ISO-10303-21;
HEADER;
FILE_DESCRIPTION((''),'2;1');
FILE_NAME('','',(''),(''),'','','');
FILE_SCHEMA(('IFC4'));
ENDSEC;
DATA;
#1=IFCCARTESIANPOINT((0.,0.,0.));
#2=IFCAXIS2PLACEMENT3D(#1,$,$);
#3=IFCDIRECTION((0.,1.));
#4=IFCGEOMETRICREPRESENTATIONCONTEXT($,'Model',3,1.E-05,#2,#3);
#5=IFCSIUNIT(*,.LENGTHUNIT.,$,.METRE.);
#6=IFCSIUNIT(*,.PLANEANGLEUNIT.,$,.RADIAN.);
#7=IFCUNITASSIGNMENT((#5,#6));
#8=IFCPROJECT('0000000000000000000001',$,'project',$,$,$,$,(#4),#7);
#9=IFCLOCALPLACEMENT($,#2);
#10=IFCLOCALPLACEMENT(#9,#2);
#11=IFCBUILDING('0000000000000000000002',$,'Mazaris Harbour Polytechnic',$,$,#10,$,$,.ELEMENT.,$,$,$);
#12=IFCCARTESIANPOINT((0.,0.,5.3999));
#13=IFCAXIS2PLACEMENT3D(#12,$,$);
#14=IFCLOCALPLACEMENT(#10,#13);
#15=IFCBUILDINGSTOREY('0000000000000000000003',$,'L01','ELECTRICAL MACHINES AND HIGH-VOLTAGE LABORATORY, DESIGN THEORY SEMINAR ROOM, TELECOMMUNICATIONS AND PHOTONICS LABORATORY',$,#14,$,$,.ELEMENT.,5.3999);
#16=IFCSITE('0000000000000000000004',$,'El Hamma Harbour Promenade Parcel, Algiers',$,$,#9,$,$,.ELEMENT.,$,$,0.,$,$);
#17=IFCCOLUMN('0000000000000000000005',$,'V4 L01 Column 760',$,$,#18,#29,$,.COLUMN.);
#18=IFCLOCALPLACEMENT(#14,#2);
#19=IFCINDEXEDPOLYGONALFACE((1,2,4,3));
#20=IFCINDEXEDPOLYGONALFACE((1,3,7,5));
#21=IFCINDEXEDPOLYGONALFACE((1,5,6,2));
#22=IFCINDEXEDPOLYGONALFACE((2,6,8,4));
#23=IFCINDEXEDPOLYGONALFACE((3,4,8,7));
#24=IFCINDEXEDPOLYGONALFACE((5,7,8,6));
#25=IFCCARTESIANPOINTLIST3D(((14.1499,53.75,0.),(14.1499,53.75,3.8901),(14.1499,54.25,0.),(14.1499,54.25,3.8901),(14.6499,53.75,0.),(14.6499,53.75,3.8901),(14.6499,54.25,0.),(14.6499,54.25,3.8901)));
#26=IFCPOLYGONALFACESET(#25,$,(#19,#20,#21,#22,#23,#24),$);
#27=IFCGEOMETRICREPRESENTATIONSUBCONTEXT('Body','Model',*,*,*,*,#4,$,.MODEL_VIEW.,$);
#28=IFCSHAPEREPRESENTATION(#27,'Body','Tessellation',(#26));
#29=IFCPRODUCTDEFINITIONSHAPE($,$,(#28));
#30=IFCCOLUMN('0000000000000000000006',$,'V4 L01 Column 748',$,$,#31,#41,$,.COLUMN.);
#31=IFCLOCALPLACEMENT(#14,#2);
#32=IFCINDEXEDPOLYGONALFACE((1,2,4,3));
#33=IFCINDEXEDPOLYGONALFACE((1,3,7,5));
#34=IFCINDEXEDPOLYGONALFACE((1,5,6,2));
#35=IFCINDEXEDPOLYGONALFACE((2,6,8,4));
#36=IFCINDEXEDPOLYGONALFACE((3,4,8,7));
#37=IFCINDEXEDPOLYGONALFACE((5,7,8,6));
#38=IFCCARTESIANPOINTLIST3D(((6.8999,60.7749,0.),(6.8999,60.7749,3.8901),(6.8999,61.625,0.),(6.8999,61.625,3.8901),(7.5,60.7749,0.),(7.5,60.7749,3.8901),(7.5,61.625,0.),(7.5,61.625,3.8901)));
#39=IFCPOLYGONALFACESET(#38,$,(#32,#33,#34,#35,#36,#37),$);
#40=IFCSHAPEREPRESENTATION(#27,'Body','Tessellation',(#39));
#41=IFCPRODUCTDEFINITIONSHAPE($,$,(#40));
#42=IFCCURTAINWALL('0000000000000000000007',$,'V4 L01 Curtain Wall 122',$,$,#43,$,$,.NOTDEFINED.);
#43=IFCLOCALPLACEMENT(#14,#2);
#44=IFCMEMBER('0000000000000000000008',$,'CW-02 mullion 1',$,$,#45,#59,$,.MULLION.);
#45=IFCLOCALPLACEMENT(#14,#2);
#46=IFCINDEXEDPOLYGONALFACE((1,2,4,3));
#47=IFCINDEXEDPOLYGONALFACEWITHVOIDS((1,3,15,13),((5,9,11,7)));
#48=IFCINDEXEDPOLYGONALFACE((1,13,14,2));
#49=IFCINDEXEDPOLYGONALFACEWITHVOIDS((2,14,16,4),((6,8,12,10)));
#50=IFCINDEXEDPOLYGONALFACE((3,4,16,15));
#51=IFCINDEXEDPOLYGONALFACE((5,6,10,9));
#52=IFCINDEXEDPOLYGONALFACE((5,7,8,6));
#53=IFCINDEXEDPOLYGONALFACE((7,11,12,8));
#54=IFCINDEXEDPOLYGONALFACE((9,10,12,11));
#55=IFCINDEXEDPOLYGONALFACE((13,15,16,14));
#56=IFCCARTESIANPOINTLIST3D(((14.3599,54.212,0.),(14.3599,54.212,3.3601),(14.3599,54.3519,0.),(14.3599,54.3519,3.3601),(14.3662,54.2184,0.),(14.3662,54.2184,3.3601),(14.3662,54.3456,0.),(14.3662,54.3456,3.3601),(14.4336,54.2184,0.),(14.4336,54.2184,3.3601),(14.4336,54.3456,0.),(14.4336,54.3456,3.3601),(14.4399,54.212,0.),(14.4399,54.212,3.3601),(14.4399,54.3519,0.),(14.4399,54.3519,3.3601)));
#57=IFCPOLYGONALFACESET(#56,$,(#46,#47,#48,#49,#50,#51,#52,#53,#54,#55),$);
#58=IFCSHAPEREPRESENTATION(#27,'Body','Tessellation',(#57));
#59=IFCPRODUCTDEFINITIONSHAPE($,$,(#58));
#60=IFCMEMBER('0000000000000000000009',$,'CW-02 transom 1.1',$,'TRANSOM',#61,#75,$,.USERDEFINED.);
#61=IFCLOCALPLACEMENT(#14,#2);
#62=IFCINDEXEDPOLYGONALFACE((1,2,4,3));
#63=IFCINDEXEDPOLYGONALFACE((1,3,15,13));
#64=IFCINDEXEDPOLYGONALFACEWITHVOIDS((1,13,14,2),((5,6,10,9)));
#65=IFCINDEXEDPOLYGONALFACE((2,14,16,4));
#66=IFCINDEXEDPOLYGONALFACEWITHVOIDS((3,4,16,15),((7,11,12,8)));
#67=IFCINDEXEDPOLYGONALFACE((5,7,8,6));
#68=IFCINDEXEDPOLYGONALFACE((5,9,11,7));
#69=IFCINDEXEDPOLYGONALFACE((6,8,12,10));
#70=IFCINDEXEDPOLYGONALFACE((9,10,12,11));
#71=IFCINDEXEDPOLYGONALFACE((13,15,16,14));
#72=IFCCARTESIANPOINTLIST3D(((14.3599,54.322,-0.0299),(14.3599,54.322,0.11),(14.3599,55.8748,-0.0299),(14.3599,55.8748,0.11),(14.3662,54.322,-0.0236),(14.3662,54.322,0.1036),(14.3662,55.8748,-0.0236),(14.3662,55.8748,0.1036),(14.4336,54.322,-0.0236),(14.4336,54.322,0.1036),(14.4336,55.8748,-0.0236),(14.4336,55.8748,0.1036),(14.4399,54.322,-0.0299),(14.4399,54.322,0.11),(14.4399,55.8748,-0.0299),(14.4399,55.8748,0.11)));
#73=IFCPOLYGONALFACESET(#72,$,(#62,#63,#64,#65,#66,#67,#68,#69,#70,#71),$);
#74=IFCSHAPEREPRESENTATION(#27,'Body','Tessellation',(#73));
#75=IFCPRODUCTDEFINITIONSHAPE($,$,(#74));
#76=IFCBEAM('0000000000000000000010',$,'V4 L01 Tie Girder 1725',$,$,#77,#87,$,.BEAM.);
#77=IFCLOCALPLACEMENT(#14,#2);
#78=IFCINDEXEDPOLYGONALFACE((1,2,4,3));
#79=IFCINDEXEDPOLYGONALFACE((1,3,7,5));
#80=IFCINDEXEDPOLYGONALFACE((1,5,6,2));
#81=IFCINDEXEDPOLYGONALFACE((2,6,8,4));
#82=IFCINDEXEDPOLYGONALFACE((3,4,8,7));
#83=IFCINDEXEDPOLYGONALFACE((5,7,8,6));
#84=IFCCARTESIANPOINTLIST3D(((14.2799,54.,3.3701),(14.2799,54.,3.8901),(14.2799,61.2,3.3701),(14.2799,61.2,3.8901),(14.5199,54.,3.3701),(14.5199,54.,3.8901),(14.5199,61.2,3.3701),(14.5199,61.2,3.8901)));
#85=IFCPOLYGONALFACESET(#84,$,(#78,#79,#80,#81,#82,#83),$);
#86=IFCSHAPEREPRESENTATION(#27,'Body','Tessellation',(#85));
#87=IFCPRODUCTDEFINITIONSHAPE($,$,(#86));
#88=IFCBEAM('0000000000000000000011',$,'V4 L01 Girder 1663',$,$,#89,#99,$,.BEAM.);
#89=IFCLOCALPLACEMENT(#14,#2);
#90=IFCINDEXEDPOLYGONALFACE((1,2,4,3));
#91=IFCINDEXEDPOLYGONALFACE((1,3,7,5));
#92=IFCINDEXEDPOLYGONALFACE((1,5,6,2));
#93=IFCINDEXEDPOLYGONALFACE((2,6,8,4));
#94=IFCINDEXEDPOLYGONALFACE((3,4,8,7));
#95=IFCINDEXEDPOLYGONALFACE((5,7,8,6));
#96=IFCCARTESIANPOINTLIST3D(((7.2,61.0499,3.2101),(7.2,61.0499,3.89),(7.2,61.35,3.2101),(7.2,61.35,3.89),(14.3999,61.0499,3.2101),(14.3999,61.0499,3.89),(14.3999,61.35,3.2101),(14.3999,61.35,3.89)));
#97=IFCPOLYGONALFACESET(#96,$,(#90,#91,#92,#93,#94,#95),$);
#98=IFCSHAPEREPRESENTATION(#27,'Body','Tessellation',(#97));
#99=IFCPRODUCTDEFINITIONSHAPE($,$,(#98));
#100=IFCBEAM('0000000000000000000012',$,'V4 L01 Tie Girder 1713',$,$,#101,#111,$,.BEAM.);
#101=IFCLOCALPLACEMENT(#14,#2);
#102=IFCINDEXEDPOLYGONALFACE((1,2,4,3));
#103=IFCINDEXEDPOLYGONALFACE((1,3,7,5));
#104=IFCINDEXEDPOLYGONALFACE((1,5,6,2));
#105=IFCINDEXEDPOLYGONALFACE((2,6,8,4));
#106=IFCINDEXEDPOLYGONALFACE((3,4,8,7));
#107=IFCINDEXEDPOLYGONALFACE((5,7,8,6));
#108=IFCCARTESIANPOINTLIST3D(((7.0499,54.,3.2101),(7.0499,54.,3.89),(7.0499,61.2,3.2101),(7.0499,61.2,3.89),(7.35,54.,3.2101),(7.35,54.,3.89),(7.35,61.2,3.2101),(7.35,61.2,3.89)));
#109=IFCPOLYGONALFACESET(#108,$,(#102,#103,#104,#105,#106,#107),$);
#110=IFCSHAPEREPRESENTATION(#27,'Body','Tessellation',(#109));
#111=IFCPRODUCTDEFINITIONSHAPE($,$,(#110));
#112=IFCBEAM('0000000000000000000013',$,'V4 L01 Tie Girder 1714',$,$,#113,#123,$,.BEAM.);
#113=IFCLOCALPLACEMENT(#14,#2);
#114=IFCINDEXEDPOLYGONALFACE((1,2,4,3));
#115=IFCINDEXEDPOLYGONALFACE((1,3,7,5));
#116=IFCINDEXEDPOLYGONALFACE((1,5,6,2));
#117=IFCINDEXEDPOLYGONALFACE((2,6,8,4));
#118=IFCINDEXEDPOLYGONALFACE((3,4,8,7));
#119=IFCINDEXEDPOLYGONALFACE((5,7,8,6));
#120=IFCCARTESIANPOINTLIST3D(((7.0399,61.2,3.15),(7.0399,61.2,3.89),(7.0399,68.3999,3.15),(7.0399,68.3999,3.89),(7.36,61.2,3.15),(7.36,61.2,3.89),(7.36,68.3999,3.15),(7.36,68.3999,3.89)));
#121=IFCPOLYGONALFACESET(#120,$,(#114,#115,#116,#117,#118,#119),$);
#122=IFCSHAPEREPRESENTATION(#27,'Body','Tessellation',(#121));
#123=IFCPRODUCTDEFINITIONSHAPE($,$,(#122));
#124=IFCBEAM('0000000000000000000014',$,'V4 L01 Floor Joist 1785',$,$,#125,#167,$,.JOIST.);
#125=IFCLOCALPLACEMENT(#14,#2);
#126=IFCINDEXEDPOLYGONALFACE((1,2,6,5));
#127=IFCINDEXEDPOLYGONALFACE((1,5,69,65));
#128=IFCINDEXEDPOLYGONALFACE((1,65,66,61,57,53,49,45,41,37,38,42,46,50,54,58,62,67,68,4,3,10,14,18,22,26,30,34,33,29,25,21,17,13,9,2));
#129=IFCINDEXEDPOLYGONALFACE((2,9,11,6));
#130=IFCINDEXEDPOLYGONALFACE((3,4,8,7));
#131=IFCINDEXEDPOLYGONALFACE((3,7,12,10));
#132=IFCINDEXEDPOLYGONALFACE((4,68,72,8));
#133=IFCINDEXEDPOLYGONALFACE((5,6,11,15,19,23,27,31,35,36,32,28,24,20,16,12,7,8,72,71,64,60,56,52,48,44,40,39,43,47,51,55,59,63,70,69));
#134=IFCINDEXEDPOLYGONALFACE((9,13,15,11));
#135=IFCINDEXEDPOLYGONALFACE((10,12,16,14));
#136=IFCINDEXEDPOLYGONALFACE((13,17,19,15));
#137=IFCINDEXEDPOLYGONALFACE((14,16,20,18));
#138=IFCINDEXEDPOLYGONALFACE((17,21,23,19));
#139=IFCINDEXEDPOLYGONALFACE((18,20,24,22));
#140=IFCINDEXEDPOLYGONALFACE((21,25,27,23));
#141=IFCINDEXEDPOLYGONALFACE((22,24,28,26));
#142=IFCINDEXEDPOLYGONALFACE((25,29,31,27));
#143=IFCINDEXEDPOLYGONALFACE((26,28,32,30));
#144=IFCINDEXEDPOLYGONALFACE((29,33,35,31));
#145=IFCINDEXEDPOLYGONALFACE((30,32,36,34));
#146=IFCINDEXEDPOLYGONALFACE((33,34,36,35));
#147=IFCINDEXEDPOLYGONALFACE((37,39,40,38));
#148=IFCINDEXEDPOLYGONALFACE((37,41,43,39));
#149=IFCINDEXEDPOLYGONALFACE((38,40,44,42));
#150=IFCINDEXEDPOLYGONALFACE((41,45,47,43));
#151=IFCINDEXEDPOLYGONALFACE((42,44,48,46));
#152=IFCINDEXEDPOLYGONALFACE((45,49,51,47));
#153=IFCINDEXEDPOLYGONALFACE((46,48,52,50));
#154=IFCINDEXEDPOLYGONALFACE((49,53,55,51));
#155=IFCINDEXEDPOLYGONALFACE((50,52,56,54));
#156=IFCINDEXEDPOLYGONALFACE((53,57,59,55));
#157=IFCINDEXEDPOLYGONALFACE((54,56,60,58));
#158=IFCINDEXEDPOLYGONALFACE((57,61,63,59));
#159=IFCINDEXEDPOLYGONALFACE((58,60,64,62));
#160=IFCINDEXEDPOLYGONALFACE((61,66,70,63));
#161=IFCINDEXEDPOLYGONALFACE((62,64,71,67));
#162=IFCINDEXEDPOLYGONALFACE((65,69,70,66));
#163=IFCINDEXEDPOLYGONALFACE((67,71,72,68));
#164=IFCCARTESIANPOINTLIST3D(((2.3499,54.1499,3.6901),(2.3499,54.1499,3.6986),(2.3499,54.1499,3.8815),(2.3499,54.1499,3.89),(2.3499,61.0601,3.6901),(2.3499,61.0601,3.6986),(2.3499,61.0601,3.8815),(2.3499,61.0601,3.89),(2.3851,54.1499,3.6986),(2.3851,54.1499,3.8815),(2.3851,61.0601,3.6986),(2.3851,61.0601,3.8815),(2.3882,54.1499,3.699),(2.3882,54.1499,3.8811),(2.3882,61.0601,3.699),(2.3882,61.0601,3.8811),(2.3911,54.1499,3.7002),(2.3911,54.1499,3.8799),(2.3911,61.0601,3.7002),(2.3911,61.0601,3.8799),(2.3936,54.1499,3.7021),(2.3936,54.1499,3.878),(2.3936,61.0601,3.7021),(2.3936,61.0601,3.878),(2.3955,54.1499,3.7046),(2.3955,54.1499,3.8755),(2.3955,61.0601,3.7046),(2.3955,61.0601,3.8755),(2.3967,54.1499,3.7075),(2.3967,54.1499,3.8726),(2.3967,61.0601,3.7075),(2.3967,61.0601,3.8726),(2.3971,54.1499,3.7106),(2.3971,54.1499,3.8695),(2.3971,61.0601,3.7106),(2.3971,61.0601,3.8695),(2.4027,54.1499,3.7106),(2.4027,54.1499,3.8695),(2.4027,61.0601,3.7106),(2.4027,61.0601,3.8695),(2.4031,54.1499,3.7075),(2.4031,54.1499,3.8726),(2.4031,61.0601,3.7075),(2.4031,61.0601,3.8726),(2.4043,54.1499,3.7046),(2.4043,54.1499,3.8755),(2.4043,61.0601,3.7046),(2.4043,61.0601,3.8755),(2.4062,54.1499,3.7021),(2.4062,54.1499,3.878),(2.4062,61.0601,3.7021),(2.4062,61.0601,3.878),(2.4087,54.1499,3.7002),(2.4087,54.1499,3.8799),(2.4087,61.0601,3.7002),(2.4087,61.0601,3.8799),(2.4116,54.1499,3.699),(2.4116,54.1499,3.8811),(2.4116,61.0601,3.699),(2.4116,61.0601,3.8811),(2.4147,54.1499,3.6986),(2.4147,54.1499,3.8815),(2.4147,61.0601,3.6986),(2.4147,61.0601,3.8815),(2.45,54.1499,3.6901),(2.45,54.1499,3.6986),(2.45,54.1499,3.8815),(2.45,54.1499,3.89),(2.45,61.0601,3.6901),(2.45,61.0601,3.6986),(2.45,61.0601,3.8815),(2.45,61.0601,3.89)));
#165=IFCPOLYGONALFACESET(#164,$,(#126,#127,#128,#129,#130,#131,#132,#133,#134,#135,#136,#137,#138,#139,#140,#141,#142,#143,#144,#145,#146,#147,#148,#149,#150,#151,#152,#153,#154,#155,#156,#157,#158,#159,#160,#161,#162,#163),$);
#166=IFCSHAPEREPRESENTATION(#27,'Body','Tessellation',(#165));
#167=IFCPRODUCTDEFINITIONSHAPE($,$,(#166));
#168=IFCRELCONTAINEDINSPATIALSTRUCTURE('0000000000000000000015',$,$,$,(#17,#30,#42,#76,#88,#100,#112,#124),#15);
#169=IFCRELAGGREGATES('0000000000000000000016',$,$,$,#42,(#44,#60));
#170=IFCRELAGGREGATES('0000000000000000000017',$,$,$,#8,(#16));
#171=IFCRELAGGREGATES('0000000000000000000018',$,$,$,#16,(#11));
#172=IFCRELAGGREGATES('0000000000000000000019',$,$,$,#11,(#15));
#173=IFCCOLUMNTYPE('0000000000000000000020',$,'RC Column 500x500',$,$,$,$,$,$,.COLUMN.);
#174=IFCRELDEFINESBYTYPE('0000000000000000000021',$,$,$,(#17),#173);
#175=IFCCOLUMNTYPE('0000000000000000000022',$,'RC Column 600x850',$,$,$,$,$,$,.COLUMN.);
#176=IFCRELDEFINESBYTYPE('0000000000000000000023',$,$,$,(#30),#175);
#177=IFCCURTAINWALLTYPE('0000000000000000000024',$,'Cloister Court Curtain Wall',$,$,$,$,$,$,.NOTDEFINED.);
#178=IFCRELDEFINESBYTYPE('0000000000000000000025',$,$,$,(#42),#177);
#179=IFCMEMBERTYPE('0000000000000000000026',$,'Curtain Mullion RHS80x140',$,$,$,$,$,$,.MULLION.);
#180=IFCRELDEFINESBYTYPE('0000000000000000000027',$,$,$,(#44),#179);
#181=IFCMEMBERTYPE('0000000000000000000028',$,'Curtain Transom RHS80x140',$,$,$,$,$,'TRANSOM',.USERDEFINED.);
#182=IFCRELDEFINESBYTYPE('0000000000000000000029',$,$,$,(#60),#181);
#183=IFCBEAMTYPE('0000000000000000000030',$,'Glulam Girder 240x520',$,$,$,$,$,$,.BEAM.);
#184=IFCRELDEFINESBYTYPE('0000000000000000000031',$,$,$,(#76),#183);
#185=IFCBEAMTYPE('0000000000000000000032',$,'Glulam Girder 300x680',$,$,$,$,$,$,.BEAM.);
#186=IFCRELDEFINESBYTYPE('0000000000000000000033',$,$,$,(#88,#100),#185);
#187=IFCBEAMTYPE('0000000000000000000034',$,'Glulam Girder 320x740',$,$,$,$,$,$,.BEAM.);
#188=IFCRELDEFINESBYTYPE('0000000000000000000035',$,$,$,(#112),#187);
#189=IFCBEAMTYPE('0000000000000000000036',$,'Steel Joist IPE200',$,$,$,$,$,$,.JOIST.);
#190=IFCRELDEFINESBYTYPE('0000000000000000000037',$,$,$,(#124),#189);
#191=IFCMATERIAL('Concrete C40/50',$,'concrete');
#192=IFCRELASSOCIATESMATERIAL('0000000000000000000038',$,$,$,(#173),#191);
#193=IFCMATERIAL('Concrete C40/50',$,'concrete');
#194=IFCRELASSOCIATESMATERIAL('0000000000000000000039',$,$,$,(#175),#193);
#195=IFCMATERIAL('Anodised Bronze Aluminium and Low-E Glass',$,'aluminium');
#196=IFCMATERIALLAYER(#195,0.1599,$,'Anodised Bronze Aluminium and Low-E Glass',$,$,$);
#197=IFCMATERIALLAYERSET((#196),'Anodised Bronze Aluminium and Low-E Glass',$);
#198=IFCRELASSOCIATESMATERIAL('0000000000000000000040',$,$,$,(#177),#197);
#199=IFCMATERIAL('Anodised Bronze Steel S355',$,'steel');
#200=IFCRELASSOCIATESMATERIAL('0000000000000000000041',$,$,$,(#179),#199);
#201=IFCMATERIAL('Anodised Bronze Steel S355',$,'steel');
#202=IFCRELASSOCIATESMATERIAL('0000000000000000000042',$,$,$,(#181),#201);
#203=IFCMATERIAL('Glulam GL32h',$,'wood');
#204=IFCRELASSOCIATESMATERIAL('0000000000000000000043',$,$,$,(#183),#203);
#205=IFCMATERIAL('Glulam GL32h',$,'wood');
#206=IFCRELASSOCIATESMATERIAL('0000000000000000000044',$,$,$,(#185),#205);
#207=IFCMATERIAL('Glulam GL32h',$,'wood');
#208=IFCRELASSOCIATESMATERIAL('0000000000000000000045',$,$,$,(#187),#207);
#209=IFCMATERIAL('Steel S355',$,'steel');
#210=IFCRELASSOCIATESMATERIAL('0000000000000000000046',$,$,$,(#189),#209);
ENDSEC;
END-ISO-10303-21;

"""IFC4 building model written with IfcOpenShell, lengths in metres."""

from ifc_helpers import new_model, si_unit, direction, frame, origin, origin_2d, place, context, subcontext, project, spatial, rectangle, hollow_rectangle, i_section, extrude, material, layer, layer_set, material_profile, profile_set, type_object, element, aggregate, save


model = new_model("IFC4")

# Units and contexts
model_context = context("Model", 3, precision=1e-05, world=origin(), true_north=direction((0.0, 1.0)))
body_context = subcontext(model_context, "Body", "Model", "MODEL_VIEW")
ifc_project = project(units=[si_unit("LENGTHUNIT", "METRE"), si_unit("PLANEANGLEUNIT", "RADIAN")], contexts=[model_context])

# Site, building, storey
site_placement = place(None, origin())
site = spatial("IfcSite", under=ifc_project, at=site_placement, Name="El Hamma Harbour Promenade Parcel, Algiers", CompositionType="ELEMENT", RefElevation=0.0)
building_placement = place(site_placement, origin())
building = spatial("IfcBuilding", under=site, at=building_placement, Name="Mazaris Harbour Polytechnic", CompositionType="ELEMENT")
storey_placement = place(building_placement, frame((0.0, 0.0, 5.3999)))
storey = spatial("IfcBuildingStorey", under=building, at=storey_placement, Name="L01", Description="ELECTRICAL MACHINES AND HIGH-VOLTAGE LABORATORY, DESIGN THEORY SEMINAR ROOM, TELECOMMUNICATIONS AND PHOTONICS LABORATORY", CompositionType="ELEMENT", Elevation=5.3999)

# Columns
ifc_material_1 = material(Name="Concrete C40/50", Category="concrete")
ifc_material_profile_1 = material_profile(ifc_material_1, rectangle(XDim=0.5, YDim=0.5, at=origin_2d()), Name="RECT500x500")
ifc_profile_set_1 = profile_set([ifc_material_profile_1], Name="Concrete C40/50")
column_type_1 = type_object("IfcColumnType", Name="RC Column 500x500", PredefinedType="COLUMN", material=ifc_profile_set_1)
column_1_placement = place(storey_placement, frame((14.3999, 54.0, 0.0), z_axis=(0.0, 0.0, 1.0), x_axis=(1.0, 0.0, 0.0)))
element("IfcColumn", 1, at=column_1_placement, inside=storey, type_object=column_type_1, Name="V4 L01 Column 760", PredefinedType="COLUMN", context=body_context, shape_type="SweptSolid", body=[
    extrude(rectangle(XDim=0.5, YDim=0.5, at=origin_2d()), origin(), (0.0, 0.0, 1.0), 3.8901),
])
ifc_material_2 = material(Name="Concrete C40/50", Category="concrete")
ifc_material_profile_2 = material_profile(ifc_material_2, rectangle(XDim=0.6001, YDim=0.8501, at=origin_2d()), Name="RECT600x850")
ifc_profile_set_2 = profile_set([ifc_material_profile_2], Name="Concrete C40/50")
column_type_2 = type_object("IfcColumnType", Name="RC Column 600x850", PredefinedType="COLUMN", material=ifc_profile_set_2)
column_2_placement = place(storey_placement, frame((7.2, 61.2, 0.0), z_axis=(0.0, 0.0, 1.0), x_axis=(1.0, 0.0, 0.0)))
element("IfcColumn", 2, at=column_2_placement, inside=storey, type_object=column_type_2, Name="V4 L01 Column 748", PredefinedType="COLUMN", context=body_context, shape_type="SweptSolid", body=[
    extrude(rectangle(XDim=0.6001, YDim=0.8501, at=origin_2d()), origin(), (0.0, 0.0, 1.0), 3.8901),
])

# Curtain wall, members
ifc_material_3 = material(Name="Anodised Bronze Aluminium and Low-E Glass", Category="aluminium")
ifc_layer_1 = layer(ifc_material_3, 0.1599, Name="Anodised Bronze Aluminium and Low-E Glass")
ifc_layer_set_1 = layer_set([ifc_layer_1], Name="Anodised Bronze Aluminium and Low-E Glass")
curtain_wall_type = type_object("IfcCurtainWallType", Name="Cloister Court Curtain Wall", PredefinedType="NOTDEFINED", material=ifc_layer_set_1)
curtain_wall_placement = place(storey_placement, origin())
curtain_wall = element("IfcCurtainWall", 3, at=curtain_wall_placement, inside=storey, type_object=curtain_wall_type, Name="V4 L01 Curtain Wall 122", PredefinedType="NOTDEFINED")
ifc_material_4 = material(Name="Anodised Bronze Steel S355", Category="steel")
ifc_material_profile_3 = material_profile(ifc_material_4, hollow_rectangle(XDim=0.0801, YDim=0.1399, WallThickness=0.0063, at=origin_2d()), Name="RHS 80x140x6.3")
ifc_profile_set_3 = profile_set([ifc_material_profile_3], Name="Anodised Bronze Steel S355")
member_type_1 = type_object("IfcMemberType", Name="Curtain Mullion RHS80x140", PredefinedType="MULLION", material=ifc_profile_set_3)
member_1_placement = place(storey_placement, frame((14.3999, 54.282, 0.0), z_axis=(0.0, 0.0, 1.0), x_axis=(-1.0, 0.0, 0.0)))
member_1 = element("IfcMember", 4, at=member_1_placement, type_object=member_type_1, Name="CW-02 mullion 1", PredefinedType="MULLION", context=body_context, shape_type="SweptSolid", body=[
    extrude(hollow_rectangle(XDim=0.0801, YDim=0.1399, WallThickness=0.0063, at=origin_2d()), origin(), (0.0, 0.0, 1.0), 3.3601),
])
ifc_material_5 = material(Name="Anodised Bronze Steel S355", Category="steel")
ifc_material_profile_4 = material_profile(ifc_material_5, hollow_rectangle(XDim=0.0801, YDim=0.1399, WallThickness=0.0063, at=origin_2d()), Name="RHS 80x140x6.3")
ifc_profile_set_4 = profile_set([ifc_material_profile_4], Name="Anodised Bronze Steel S355")
member_type_2 = type_object("IfcMemberType", Name="Curtain Transom RHS80x140", ElementType="TRANSOM", PredefinedType="USERDEFINED", material=ifc_profile_set_4)
member_2_placement = place(storey_placement, frame((14.3999, 54.322, 0.04), z_axis=(0.0, 1.0, 0.0), x_axis=(-1.0, 0.0, 0.0)))
member_2 = element("IfcMember", 5, at=member_2_placement, type_object=member_type_2, Name="CW-02 transom 1.1", ObjectType="TRANSOM", PredefinedType="USERDEFINED", context=body_context, shape_type="SweptSolid", body=[
    extrude(hollow_rectangle(XDim=0.0801, YDim=0.1399, WallThickness=0.0063, at=origin_2d()), origin(), (0.0, 0.0, 1.0), 1.5527),
])
aggregate(curtain_wall, [member_1, member_2])

# Beams
ifc_material_6 = material(Name="Glulam GL32h", Category="wood")
ifc_material_profile_5 = material_profile(ifc_material_6, rectangle(XDim=0.24, YDim=0.52, at=origin_2d()), Name="RECT240x520")
ifc_profile_set_5 = profile_set([ifc_material_profile_5], Name="Glulam GL32h")
beam_type_1 = type_object("IfcBeamType", Name="Glulam Girder 240x520", PredefinedType="BEAM", material=ifc_profile_set_5)
beam_1_placement = place(storey_placement, frame((14.3999, 54.0, 3.6301), z_axis=(0.0, 1.0, 0.0), x_axis=(-1.0, 0.0, 0.0)))
element("IfcBeam", 6, at=beam_1_placement, inside=storey, type_object=beam_type_1, Name="V4 L01 Tie Girder 1725", PredefinedType="BEAM", context=body_context, shape_type="SweptSolid", body=[
    extrude(rectangle(XDim=0.24, YDim=0.52, at=origin_2d()), origin(), (0.0, 0.0, 1.0), 7.2),
])
ifc_material_7 = material(Name="Glulam GL32h", Category="wood")
ifc_material_profile_6 = material_profile(ifc_material_7, rectangle(XDim=0.3, YDim=0.6799, at=origin_2d()), Name="RECT300x680")
ifc_profile_set_6 = profile_set([ifc_material_profile_6], Name="Glulam GL32h")
beam_type_2 = type_object("IfcBeamType", Name="Glulam Girder 300x680", PredefinedType="BEAM", material=ifc_profile_set_6)
for number, where, z_axis, x_axis, name in (
    (7, (7.2, 61.2, 3.55), (1.0, 0.0, 0.0), (0.0, 1.0, 0.0), "V4 L01 Girder 1663"),
    (8, (7.2, 54.0, 3.55), (0.0, 1.0, 0.0), (-1.0, 0.0, 0.0), "V4 L01 Tie Girder 1713"),
):
    element("IfcBeam", number, at=place(storey_placement, frame(where, z_axis=z_axis, x_axis=x_axis)), inside=storey, type_object=beam_type_2, Name=name, PredefinedType="BEAM", context=body_context, shape_type="SweptSolid", body=[
        extrude(rectangle(XDim=0.3, YDim=0.6799, at=origin_2d()), origin(), (0.0, 0.0, 1.0), 7.2),
    ])
ifc_material_8 = material(Name="Glulam GL32h", Category="wood")
ifc_material_profile_7 = material_profile(ifc_material_8, rectangle(XDim=0.3201, YDim=0.74, at=origin_2d()), Name="RECT320x740")
ifc_profile_set_7 = profile_set([ifc_material_profile_7], Name="Glulam GL32h")
beam_type_3 = type_object("IfcBeamType", Name="Glulam Girder 320x740", PredefinedType="BEAM", material=ifc_profile_set_7)
beam_2_placement = place(storey_placement, frame((7.2, 61.2, 3.52), z_axis=(0.0, 1.0, 0.0), x_axis=(-1.0, 0.0, 0.0)))
element("IfcBeam", 9, at=beam_2_placement, inside=storey, type_object=beam_type_3, Name="V4 L01 Tie Girder 1714", PredefinedType="BEAM", context=body_context, shape_type="SweptSolid", body=[
    extrude(rectangle(XDim=0.3201, YDim=0.74, at=origin_2d()), origin(), (0.0, 0.0, 1.0), 7.2),
])
ifc_material_9 = material(Name="Steel S355", Category="steel")
ifc_material_profile_8 = material_profile(ifc_material_9, i_section(OverallWidth=0.1001, OverallDepth=0.2, WebThickness=0.0056, FlangeThickness=0.0085, FilletRadius=0.012, at=origin_2d()), Name="IPE 200")
ifc_profile_set_8 = profile_set([ifc_material_profile_8], Name="Steel S355")
beam_type_4 = type_object("IfcBeamType", Name="Steel Joist IPE200", PredefinedType="JOIST", material=ifc_profile_set_8)
beam_3_placement = place(storey_placement, frame((2.3999, 54.1499, 3.79), z_axis=(0.0, 1.0, 0.0), x_axis=(-1.0, 0.0, 0.0)))
element("IfcBeam", 10, at=beam_3_placement, inside=storey, type_object=beam_type_4, Name="V4 L01 Floor Joist 1785", PredefinedType="JOIST", context=body_context, shape_type="SweptSolid", body=[
    extrude(i_section(OverallWidth=0.1001, OverallDepth=0.2, WebThickness=0.0056, FlangeThickness=0.0085, FilletRadius=0.012, at=origin_2d()), origin(), (0.0, 0.0, 1.0), 6.9102),
])

save(model, "model.ifc")
